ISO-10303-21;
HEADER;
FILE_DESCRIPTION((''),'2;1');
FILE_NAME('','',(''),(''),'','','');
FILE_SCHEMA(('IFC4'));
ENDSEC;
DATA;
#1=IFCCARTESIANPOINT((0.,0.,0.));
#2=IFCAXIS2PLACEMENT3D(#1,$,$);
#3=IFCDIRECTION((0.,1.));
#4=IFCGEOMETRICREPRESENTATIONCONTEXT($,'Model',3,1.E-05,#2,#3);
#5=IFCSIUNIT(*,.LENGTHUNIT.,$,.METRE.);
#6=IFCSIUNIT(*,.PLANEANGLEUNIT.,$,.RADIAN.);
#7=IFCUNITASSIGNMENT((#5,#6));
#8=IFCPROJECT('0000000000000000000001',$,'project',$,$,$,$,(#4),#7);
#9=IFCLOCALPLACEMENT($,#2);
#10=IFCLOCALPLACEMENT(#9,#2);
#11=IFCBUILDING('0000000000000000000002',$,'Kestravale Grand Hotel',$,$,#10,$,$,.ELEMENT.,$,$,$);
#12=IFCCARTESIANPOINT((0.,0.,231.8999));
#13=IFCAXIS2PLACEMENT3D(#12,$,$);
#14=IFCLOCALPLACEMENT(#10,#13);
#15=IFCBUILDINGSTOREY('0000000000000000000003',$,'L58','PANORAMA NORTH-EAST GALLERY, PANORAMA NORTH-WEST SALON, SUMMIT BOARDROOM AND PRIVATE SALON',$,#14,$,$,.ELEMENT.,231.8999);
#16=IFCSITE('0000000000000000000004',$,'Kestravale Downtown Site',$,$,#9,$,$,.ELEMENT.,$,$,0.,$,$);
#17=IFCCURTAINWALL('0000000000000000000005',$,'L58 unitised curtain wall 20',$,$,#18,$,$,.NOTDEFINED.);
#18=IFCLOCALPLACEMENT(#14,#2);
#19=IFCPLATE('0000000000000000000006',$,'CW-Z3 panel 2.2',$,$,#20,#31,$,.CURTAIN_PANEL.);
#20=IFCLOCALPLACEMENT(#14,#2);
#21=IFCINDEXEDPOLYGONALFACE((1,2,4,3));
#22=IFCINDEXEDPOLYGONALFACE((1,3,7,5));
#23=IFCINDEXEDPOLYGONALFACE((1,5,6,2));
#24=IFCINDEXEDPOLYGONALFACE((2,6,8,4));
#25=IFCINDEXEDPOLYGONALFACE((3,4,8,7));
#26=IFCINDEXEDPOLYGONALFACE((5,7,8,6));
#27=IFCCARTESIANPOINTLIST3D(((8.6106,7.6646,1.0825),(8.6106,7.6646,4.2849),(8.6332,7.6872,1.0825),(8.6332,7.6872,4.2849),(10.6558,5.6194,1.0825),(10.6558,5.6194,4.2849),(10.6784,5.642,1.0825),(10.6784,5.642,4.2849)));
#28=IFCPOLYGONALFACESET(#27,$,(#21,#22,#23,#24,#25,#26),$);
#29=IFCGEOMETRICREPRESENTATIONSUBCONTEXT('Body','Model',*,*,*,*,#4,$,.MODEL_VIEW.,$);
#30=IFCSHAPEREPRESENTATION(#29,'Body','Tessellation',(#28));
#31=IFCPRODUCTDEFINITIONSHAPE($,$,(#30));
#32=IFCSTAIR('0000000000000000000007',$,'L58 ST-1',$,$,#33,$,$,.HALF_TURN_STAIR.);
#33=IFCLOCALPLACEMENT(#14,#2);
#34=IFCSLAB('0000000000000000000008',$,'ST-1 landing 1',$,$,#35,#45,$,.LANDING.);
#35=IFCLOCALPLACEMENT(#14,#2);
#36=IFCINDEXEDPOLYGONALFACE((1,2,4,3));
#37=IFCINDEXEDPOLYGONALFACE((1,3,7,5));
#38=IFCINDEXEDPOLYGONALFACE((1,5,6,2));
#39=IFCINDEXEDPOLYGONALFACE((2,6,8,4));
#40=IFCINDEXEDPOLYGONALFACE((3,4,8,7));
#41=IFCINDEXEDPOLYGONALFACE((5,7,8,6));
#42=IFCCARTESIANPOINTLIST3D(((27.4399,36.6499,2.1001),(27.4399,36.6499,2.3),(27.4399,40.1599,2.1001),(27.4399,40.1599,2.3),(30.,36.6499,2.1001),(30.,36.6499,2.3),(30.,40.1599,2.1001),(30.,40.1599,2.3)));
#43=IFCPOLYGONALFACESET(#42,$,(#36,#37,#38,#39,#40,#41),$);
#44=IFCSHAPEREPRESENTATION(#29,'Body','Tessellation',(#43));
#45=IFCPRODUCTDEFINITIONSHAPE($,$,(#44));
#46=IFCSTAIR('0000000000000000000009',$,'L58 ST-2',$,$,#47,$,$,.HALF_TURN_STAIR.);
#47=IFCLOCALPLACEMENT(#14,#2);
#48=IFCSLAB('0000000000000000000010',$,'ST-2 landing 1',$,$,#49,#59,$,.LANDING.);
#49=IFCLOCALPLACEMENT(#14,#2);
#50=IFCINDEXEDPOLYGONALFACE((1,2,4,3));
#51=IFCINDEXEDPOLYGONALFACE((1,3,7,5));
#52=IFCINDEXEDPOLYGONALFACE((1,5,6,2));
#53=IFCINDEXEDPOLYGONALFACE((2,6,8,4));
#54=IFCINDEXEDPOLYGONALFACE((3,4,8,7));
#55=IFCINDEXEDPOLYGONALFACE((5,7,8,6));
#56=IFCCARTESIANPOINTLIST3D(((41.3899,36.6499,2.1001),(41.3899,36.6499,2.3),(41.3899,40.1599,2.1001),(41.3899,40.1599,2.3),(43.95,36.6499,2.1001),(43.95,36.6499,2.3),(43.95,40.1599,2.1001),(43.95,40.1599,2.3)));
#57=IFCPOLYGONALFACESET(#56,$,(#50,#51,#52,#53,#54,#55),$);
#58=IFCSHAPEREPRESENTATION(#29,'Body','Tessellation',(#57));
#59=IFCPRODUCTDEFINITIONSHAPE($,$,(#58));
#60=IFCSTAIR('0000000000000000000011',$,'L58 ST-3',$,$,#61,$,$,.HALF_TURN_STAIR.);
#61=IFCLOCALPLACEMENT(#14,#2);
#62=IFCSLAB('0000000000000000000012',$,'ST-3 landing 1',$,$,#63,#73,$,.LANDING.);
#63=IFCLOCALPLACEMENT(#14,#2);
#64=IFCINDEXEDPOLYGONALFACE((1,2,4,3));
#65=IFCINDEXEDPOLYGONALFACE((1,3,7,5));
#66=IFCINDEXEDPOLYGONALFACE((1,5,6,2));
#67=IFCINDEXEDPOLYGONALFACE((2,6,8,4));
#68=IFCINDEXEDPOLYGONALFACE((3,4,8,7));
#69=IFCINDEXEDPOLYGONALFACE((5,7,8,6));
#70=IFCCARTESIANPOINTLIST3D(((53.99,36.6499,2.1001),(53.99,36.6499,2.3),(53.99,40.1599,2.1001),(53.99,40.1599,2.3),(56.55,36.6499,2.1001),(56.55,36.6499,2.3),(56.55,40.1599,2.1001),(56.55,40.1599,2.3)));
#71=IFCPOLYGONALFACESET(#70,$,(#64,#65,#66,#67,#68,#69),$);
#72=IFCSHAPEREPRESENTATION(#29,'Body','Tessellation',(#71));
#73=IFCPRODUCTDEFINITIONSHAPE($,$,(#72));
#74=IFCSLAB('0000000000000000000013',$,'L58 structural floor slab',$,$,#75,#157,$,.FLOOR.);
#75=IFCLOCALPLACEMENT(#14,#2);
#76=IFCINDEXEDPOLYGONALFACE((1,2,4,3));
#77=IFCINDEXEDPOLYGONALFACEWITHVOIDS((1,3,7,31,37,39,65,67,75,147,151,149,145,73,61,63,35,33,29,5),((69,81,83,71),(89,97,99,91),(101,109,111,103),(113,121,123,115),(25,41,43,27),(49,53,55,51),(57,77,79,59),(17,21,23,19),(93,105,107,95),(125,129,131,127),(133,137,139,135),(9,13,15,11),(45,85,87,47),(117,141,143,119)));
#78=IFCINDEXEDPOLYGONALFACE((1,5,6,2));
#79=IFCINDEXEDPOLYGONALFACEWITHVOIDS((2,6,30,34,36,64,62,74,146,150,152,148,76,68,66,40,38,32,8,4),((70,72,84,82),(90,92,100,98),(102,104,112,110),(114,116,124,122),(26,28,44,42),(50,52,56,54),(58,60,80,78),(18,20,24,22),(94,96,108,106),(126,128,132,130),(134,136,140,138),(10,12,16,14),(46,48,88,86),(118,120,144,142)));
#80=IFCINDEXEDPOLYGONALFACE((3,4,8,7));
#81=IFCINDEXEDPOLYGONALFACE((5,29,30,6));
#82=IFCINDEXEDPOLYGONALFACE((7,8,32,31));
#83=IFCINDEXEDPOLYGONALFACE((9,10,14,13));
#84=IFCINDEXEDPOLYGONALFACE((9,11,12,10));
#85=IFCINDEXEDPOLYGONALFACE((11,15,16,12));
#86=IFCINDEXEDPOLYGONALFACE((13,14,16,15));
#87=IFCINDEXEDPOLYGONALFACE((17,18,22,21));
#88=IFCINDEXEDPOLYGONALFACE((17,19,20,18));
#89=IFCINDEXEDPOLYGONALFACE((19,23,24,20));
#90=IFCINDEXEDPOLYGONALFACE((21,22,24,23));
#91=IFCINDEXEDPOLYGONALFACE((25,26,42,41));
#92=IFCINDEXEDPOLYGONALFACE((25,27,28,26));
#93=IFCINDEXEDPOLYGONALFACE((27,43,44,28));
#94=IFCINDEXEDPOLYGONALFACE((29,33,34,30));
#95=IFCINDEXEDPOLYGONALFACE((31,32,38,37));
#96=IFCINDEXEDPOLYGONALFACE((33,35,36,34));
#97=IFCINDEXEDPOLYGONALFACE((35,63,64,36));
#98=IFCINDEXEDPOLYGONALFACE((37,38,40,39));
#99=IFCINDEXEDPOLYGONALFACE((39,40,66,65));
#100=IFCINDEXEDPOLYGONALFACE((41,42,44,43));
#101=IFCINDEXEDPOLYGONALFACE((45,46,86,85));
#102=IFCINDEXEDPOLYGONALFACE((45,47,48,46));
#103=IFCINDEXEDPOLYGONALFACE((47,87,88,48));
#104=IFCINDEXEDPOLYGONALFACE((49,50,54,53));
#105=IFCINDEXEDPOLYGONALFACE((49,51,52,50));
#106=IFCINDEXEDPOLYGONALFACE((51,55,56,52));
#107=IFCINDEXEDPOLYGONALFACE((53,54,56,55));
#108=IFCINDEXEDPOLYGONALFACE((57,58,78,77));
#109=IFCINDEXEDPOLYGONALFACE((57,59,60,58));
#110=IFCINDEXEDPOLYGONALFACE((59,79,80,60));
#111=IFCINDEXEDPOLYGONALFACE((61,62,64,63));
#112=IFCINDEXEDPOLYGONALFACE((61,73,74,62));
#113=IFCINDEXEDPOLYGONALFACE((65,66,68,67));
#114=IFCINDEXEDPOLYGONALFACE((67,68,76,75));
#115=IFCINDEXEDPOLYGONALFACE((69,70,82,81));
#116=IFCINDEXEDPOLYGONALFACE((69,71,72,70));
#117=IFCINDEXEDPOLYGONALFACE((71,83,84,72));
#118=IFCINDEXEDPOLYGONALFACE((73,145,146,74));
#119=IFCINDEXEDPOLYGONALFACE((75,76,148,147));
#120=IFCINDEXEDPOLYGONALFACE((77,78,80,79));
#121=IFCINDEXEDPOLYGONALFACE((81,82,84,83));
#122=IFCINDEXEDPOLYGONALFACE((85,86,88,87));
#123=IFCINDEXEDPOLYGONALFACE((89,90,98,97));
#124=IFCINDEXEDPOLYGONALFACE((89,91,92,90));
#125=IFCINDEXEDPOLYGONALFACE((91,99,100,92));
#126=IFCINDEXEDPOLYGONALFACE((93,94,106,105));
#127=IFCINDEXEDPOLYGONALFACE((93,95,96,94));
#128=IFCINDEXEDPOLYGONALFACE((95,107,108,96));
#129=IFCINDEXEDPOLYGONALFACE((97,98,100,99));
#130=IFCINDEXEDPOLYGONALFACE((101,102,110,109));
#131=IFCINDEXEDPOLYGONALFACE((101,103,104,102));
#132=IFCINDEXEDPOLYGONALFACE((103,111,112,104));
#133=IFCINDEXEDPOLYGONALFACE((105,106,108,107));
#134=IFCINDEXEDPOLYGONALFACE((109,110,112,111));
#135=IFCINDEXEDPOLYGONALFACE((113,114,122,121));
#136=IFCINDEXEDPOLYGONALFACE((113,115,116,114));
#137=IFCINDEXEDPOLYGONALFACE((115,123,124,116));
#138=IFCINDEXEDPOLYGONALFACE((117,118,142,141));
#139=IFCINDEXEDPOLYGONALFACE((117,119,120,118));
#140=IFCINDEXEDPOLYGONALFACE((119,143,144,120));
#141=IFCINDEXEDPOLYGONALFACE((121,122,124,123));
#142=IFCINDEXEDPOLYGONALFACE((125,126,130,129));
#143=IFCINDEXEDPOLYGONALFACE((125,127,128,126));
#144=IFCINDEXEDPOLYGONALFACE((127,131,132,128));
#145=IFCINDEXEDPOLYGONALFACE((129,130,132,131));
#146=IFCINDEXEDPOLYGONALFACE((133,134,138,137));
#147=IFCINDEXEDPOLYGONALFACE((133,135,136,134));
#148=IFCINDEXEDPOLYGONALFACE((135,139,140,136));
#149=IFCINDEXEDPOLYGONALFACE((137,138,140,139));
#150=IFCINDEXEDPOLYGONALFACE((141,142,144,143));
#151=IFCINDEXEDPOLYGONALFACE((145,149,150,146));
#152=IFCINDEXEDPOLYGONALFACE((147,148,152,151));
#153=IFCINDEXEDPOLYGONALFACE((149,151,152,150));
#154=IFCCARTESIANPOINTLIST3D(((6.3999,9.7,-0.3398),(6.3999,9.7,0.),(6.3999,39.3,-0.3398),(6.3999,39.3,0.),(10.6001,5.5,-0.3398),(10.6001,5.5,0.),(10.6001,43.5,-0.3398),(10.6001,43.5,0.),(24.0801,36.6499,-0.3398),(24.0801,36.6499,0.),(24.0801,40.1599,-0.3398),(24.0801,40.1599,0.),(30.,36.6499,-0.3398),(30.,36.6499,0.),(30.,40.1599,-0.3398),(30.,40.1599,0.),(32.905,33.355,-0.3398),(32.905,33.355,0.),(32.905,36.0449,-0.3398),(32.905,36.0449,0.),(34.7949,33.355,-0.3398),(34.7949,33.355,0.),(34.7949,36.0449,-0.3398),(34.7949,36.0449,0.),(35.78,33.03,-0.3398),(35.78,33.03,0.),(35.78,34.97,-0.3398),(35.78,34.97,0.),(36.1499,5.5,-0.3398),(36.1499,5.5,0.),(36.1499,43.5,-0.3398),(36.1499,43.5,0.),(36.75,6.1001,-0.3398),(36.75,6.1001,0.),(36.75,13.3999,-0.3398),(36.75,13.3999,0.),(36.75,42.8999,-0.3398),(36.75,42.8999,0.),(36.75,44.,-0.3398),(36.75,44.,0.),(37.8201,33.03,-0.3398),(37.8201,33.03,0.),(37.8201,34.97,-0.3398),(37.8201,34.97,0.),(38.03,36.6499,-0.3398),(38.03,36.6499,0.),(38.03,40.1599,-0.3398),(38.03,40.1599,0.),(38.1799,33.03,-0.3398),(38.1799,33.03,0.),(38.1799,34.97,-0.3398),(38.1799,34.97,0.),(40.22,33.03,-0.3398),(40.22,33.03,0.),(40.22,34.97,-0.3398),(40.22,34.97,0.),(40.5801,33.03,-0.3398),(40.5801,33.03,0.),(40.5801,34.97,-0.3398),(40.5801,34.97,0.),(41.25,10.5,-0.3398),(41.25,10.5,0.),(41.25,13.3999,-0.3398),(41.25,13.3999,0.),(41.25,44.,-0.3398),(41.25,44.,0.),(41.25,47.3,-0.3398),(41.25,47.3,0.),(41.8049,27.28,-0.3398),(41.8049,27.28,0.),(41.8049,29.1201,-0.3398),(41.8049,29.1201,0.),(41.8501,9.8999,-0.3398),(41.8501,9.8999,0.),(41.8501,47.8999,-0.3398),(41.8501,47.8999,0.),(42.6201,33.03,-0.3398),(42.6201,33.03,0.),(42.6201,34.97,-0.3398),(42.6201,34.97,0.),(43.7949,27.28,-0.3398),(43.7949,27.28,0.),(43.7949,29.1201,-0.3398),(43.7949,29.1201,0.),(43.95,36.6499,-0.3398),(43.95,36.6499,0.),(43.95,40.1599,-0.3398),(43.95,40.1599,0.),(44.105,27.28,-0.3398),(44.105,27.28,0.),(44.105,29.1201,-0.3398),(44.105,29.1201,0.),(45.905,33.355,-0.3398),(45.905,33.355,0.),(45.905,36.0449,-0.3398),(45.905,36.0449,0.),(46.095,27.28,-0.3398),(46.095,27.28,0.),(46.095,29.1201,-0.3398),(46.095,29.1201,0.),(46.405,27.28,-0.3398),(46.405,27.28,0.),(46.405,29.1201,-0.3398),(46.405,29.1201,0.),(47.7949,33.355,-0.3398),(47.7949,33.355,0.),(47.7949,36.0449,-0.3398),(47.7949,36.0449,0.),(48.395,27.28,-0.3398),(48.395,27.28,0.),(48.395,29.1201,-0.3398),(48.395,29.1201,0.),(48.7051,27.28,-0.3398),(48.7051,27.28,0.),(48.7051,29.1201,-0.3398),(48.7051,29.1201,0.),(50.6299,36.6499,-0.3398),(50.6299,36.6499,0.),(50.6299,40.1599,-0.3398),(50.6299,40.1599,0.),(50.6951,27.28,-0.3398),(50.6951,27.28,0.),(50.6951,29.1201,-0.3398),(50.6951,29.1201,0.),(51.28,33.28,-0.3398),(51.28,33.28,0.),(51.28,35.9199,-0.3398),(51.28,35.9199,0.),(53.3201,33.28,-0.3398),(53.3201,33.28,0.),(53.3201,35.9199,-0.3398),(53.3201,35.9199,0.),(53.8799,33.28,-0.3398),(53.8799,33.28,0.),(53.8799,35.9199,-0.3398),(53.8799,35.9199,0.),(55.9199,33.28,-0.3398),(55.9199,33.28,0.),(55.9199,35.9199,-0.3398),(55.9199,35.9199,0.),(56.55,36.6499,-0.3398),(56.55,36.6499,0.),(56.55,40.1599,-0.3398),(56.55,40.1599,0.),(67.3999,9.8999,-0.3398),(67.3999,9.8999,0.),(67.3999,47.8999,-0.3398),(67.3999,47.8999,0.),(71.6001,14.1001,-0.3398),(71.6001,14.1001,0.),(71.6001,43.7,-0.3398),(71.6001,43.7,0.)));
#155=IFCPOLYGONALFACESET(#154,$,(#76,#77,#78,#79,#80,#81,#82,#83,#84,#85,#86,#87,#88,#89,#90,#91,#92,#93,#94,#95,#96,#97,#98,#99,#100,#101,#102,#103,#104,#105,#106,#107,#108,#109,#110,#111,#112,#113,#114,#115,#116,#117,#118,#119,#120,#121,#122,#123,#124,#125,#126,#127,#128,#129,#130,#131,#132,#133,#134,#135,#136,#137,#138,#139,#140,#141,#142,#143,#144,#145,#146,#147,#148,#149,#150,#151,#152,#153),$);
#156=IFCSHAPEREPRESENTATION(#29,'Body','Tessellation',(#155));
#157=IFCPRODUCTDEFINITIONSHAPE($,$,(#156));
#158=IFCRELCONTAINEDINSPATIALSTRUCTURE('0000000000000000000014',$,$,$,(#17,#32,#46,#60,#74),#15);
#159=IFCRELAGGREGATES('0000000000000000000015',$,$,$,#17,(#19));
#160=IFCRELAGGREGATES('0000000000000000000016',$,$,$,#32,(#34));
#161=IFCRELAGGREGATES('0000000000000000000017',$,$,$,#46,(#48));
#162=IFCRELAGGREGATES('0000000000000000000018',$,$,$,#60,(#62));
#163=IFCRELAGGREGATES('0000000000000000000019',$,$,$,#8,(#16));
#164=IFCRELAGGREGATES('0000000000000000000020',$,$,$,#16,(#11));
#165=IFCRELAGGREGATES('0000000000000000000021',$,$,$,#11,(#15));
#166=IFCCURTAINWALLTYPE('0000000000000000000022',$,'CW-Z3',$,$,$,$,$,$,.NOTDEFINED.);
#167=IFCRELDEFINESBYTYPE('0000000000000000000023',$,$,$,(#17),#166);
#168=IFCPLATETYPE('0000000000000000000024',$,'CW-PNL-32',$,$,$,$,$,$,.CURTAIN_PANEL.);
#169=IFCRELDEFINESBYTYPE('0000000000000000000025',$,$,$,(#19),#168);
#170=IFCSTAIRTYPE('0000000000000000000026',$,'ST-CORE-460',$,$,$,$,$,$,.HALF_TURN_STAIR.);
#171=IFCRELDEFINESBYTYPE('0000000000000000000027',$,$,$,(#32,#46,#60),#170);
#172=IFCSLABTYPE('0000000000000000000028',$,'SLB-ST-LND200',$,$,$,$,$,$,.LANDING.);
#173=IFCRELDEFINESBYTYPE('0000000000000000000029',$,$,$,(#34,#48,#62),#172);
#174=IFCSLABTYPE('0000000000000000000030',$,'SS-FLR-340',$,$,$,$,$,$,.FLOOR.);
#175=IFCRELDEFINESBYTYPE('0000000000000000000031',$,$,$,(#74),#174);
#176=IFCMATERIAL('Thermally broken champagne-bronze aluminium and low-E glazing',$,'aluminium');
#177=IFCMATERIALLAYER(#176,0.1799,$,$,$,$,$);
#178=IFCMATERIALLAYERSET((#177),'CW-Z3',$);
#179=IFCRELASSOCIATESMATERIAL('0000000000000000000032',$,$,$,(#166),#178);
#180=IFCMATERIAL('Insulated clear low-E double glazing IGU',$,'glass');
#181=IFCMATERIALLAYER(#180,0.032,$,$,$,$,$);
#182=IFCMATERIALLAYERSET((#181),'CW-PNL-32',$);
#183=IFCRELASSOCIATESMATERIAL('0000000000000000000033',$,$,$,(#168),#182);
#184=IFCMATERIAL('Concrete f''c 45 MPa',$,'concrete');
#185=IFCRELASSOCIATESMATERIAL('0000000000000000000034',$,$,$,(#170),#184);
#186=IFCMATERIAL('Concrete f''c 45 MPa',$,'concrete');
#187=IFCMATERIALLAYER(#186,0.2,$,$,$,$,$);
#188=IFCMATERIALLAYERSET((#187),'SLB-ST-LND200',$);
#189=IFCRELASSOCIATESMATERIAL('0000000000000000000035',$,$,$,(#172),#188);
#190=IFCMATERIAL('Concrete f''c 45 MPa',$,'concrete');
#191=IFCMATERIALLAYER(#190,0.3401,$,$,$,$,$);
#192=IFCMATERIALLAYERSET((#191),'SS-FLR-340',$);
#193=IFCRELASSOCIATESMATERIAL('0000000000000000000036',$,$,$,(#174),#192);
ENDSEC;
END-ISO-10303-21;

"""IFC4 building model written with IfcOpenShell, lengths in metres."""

from ifc_helpers import new_model, si_unit, direction, frame, origin, origin_2d, place, context, subcontext, project, spatial, polyline, rectangle, outline, extrude, material, layer, layer_set, type_object, element, aggregate, save


model = new_model("IFC4")

# Units and contexts
model_context = context("Model", 3, precision=1e-05, world=origin(), true_north=direction((0.0, 1.0)))
body_context = subcontext(model_context, "Body", "Model", "MODEL_VIEW")
ifc_project = project(units=[si_unit("LENGTHUNIT", "METRE"), si_unit("PLANEANGLEUNIT", "RADIAN")], contexts=[model_context])

# Site, building, storey
site_placement = place(None, origin())
site = spatial("IfcSite", under=ifc_project, at=site_placement, Name="Kestravale Downtown Site", CompositionType="ELEMENT", RefElevation=0.0)
building_placement = place(site_placement, origin())
building = spatial("IfcBuilding", under=site, at=building_placement, Name="Kestravale Grand Hotel", CompositionType="ELEMENT")
storey_placement = place(building_placement, frame((0.0, 0.0, 231.8999)))
storey = spatial("IfcBuildingStorey", under=building, at=storey_placement, Name="L58", Description="PANORAMA NORTH-EAST GALLERY, PANORAMA NORTH-WEST SALON, SUMMIT BOARDROOM AND PRIVATE SALON", CompositionType="ELEMENT", Elevation=231.8999)

# Curtain wall, plate
ifc_material_1 = material(Name="Thermally broken champagne-bronze aluminium and low-E glazing", Category="aluminium")
ifc_layer_1 = layer(ifc_material_1, 0.1799)
ifc_layer_set_1 = layer_set([ifc_layer_1], Name="CW-Z3")
curtain_wall_type = type_object("IfcCurtainWallType", Name="CW-Z3", PredefinedType="NOTDEFINED", material=ifc_layer_set_1)
curtain_wall_placement = place(storey_placement, origin())
curtain_wall = element("IfcCurtainWall", 1, at=curtain_wall_placement, inside=storey, type_object=curtain_wall_type, Name="L58 unitised curtain wall 20", PredefinedType="NOTDEFINED")
ifc_material_2 = material(Name="Insulated clear low-E double glazing IGU", Category="glass")
ifc_layer_2 = layer(ifc_material_2, 0.032)
ifc_layer_set_2 = layer_set([ifc_layer_2], Name="CW-PNL-32")
plate_type = type_object("IfcPlateType", Name="CW-PNL-32", PredefinedType="CURTAIN_PANEL", material=ifc_layer_set_2)
plate_1_placement = place(storey_placement, frame((9.6445, 6.6533, 1.0825), z_axis=(0.0, 0.0, 1.0), x_axis=(0.707107, -0.707107, 0.0)))
plate_1 = element("IfcPlate", 2, at=plate_1_placement, type_object=plate_type, Name="CW-Z3 panel 2.2", PredefinedType="CURTAIN_PANEL", context=body_context, shape_type="SweptSolid", body=[
    extrude(rectangle(XDim=2.8923, YDim=0.032, at=origin_2d()), origin(), (0.0, 0.0, 1.0), 3.2024),
])
aggregate(curtain_wall, [plate_1])

# Stairs, slabs
ifc_material_3 = material(Name="Concrete f'c 45 MPa", Category="concrete")
stair_type = type_object("IfcStairType", Name="ST-CORE-460", PredefinedType="HALF_TURN_STAIR", material=ifc_material_3)
stair_1_placement = place(storey_placement, origin())
stair_1 = element("IfcStair", 3, at=stair_1_placement, inside=storey, type_object=stair_type, Name="L58 ST-1", PredefinedType="HALF_TURN_STAIR")
ifc_material_4 = material(Name="Concrete f'c 45 MPa", Category="concrete")
ifc_layer_3 = layer(ifc_material_4, 0.2)
ifc_layer_set_3 = layer_set([ifc_layer_3], Name="SLB-ST-LND200")
slab_type_1 = type_object("IfcSlabType", Name="SLB-ST-LND200", PredefinedType="LANDING", material=ifc_layer_set_3)
slab_1_placement = place(storey_placement, frame((0.0, 0.0, 2.1001)))
slab_1 = element("IfcSlab", 4, at=slab_1_placement, type_object=slab_type_1, Name="ST-1 landing 1", PredefinedType="LANDING", context=body_context, shape_type="SweptSolid", body=[
    extrude(outline(polyline([(27.4399, 36.6499), (30.0, 36.6499), (30.0, 40.1599), (27.4399, 40.1599), (27.4399, 36.6499)])), origin(), (0.0, 0.0, 1.0), 0.2),
])
aggregate(stair_1, [slab_1])
stair_2_placement = place(storey_placement, origin())
stair_2 = element("IfcStair", 5, at=stair_2_placement, inside=storey, type_object=stair_type, Name="L58 ST-2", PredefinedType="HALF_TURN_STAIR")
slab_2_placement = place(storey_placement, frame((0.0, 0.0, 2.1001)))
slab_2 = element("IfcSlab", 6, at=slab_2_placement, type_object=slab_type_1, Name="ST-2 landing 1", PredefinedType="LANDING", context=body_context, shape_type="SweptSolid", body=[
    extrude(outline(polyline([(41.3899, 36.6499), (43.95, 36.6499), (43.95, 40.1599), (41.3899, 40.1599), (41.3899, 36.6499)])), origin(), (0.0, 0.0, 1.0), 0.2),
])
aggregate(stair_2, [slab_2])
stair_3_placement = place(storey_placement, origin())
stair_3 = element("IfcStair", 7, at=stair_3_placement, inside=storey, type_object=stair_type, Name="L58 ST-3", PredefinedType="HALF_TURN_STAIR")
slab_3_placement = place(storey_placement, frame((0.0, 0.0, 2.1001)))
slab_3 = element("IfcSlab", 8, at=slab_3_placement, type_object=slab_type_1, Name="ST-3 landing 1", PredefinedType="LANDING", context=body_context, shape_type="SweptSolid", body=[
    extrude(outline(polyline([(53.99, 36.6499), (56.55, 36.6499), (56.55, 40.1599), (53.99, 40.1599), (53.99, 36.6499)])), origin(), (0.0, 0.0, 1.0), 0.2),
])
aggregate(stair_3, [slab_3])

# Slab
ifc_material_5 = material(Name="Concrete f'c 45 MPa", Category="concrete")
ifc_layer_4 = layer(ifc_material_5, 0.3401)
ifc_layer_set_4 = layer_set([ifc_layer_4], Name="SS-FLR-340")
slab_type_2 = type_object("IfcSlabType", Name="SS-FLR-340", PredefinedType="FLOOR", material=ifc_layer_set_4)
slab_4_placement = place(storey_placement, frame((0.0, 0.0, -0.3398)))
element("IfcSlab", 9, at=slab_4_placement, inside=storey, type_object=slab_type_2, Name="L58 structural floor slab", PredefinedType="FLOOR", context=body_context, shape_type="SweptSolid", body=[
    extrude(outline(polyline([(10.6001, 5.5), (36.1499, 5.5), (36.75, 6.1001), (36.75, 13.3999), (41.25, 13.3999), (41.25, 10.5), (41.8501, 9.8999), (67.3999, 9.8999), (71.6001, 14.1001), (71.6001, 43.7), (67.3999, 47.8999), (41.8501, 47.8999), (41.25, 47.3), (41.25, 44.0), (36.75, 44.0), (36.75, 42.8999), (36.1499, 43.5), (10.6001, 43.5), (6.3999, 39.3), (6.3999, 9.7), (10.6001, 5.5)]), holes=[polyline([(24.0801, 36.6499), (30.0, 36.6499), (30.0, 40.1599), (24.0801, 40.1599), (24.0801, 36.6499)]), polyline([(38.03, 36.6499), (43.95, 36.6499), (43.95, 40.1599), (38.03, 40.1599), (38.03, 36.6499)]), polyline([(50.6299, 36.6499), (56.55, 36.6499), (56.55, 40.1599), (50.6299, 40.1599), (50.6299, 36.6499)]), polyline([(41.8049, 27.28), (43.7949, 27.28), (43.7949, 29.1201), (41.8049, 29.1201), (41.8049, 27.28)]), polyline([(44.105, 27.28), (46.095, 27.28), (46.095, 29.1201), (44.105, 29.1201), (44.105, 27.28)]), polyline([(46.405, 27.28), (48.395, 27.28), (48.395, 29.1201), (46.405, 29.1201), (46.405, 27.28)]), polyline([(48.7051, 27.28), (50.6951, 27.28), (50.6951, 29.1201), (48.7051, 29.1201), (48.7051, 27.28)]), polyline([(35.78, 33.03), (37.8201, 33.03), (37.8201, 34.97), (35.78, 34.97), (35.78, 33.03)]), polyline([(38.1799, 33.03), (40.22, 33.03), (40.22, 34.97), (38.1799, 34.97), (38.1799, 33.03)]), polyline([(40.5801, 33.03), (42.6201, 33.03), (42.6201, 34.97), (40.5801, 34.97), (40.5801, 33.03)]), polyline([(32.905, 33.355), (34.7949, 33.355), (34.7949, 36.0449), (32.905, 36.0449), (32.905, 33.355)]), polyline([(45.905, 33.355), (47.7949, 33.355), (47.7949, 36.0449), (45.905, 36.0449), (45.905, 33.355)]), polyline([(51.28, 33.28), (53.3201, 33.28), (53.3201, 35.9199), (51.28, 35.9199), (51.28, 33.28)]), polyline([(53.8799, 33.28), (55.9199, 33.28), (55.9199, 35.9199), (53.8799, 35.9199), (53.8799, 33.28)])]), origin(), (0.0, 0.0, 1.0), 0.3398),
])

save(model, "model.ifc")
